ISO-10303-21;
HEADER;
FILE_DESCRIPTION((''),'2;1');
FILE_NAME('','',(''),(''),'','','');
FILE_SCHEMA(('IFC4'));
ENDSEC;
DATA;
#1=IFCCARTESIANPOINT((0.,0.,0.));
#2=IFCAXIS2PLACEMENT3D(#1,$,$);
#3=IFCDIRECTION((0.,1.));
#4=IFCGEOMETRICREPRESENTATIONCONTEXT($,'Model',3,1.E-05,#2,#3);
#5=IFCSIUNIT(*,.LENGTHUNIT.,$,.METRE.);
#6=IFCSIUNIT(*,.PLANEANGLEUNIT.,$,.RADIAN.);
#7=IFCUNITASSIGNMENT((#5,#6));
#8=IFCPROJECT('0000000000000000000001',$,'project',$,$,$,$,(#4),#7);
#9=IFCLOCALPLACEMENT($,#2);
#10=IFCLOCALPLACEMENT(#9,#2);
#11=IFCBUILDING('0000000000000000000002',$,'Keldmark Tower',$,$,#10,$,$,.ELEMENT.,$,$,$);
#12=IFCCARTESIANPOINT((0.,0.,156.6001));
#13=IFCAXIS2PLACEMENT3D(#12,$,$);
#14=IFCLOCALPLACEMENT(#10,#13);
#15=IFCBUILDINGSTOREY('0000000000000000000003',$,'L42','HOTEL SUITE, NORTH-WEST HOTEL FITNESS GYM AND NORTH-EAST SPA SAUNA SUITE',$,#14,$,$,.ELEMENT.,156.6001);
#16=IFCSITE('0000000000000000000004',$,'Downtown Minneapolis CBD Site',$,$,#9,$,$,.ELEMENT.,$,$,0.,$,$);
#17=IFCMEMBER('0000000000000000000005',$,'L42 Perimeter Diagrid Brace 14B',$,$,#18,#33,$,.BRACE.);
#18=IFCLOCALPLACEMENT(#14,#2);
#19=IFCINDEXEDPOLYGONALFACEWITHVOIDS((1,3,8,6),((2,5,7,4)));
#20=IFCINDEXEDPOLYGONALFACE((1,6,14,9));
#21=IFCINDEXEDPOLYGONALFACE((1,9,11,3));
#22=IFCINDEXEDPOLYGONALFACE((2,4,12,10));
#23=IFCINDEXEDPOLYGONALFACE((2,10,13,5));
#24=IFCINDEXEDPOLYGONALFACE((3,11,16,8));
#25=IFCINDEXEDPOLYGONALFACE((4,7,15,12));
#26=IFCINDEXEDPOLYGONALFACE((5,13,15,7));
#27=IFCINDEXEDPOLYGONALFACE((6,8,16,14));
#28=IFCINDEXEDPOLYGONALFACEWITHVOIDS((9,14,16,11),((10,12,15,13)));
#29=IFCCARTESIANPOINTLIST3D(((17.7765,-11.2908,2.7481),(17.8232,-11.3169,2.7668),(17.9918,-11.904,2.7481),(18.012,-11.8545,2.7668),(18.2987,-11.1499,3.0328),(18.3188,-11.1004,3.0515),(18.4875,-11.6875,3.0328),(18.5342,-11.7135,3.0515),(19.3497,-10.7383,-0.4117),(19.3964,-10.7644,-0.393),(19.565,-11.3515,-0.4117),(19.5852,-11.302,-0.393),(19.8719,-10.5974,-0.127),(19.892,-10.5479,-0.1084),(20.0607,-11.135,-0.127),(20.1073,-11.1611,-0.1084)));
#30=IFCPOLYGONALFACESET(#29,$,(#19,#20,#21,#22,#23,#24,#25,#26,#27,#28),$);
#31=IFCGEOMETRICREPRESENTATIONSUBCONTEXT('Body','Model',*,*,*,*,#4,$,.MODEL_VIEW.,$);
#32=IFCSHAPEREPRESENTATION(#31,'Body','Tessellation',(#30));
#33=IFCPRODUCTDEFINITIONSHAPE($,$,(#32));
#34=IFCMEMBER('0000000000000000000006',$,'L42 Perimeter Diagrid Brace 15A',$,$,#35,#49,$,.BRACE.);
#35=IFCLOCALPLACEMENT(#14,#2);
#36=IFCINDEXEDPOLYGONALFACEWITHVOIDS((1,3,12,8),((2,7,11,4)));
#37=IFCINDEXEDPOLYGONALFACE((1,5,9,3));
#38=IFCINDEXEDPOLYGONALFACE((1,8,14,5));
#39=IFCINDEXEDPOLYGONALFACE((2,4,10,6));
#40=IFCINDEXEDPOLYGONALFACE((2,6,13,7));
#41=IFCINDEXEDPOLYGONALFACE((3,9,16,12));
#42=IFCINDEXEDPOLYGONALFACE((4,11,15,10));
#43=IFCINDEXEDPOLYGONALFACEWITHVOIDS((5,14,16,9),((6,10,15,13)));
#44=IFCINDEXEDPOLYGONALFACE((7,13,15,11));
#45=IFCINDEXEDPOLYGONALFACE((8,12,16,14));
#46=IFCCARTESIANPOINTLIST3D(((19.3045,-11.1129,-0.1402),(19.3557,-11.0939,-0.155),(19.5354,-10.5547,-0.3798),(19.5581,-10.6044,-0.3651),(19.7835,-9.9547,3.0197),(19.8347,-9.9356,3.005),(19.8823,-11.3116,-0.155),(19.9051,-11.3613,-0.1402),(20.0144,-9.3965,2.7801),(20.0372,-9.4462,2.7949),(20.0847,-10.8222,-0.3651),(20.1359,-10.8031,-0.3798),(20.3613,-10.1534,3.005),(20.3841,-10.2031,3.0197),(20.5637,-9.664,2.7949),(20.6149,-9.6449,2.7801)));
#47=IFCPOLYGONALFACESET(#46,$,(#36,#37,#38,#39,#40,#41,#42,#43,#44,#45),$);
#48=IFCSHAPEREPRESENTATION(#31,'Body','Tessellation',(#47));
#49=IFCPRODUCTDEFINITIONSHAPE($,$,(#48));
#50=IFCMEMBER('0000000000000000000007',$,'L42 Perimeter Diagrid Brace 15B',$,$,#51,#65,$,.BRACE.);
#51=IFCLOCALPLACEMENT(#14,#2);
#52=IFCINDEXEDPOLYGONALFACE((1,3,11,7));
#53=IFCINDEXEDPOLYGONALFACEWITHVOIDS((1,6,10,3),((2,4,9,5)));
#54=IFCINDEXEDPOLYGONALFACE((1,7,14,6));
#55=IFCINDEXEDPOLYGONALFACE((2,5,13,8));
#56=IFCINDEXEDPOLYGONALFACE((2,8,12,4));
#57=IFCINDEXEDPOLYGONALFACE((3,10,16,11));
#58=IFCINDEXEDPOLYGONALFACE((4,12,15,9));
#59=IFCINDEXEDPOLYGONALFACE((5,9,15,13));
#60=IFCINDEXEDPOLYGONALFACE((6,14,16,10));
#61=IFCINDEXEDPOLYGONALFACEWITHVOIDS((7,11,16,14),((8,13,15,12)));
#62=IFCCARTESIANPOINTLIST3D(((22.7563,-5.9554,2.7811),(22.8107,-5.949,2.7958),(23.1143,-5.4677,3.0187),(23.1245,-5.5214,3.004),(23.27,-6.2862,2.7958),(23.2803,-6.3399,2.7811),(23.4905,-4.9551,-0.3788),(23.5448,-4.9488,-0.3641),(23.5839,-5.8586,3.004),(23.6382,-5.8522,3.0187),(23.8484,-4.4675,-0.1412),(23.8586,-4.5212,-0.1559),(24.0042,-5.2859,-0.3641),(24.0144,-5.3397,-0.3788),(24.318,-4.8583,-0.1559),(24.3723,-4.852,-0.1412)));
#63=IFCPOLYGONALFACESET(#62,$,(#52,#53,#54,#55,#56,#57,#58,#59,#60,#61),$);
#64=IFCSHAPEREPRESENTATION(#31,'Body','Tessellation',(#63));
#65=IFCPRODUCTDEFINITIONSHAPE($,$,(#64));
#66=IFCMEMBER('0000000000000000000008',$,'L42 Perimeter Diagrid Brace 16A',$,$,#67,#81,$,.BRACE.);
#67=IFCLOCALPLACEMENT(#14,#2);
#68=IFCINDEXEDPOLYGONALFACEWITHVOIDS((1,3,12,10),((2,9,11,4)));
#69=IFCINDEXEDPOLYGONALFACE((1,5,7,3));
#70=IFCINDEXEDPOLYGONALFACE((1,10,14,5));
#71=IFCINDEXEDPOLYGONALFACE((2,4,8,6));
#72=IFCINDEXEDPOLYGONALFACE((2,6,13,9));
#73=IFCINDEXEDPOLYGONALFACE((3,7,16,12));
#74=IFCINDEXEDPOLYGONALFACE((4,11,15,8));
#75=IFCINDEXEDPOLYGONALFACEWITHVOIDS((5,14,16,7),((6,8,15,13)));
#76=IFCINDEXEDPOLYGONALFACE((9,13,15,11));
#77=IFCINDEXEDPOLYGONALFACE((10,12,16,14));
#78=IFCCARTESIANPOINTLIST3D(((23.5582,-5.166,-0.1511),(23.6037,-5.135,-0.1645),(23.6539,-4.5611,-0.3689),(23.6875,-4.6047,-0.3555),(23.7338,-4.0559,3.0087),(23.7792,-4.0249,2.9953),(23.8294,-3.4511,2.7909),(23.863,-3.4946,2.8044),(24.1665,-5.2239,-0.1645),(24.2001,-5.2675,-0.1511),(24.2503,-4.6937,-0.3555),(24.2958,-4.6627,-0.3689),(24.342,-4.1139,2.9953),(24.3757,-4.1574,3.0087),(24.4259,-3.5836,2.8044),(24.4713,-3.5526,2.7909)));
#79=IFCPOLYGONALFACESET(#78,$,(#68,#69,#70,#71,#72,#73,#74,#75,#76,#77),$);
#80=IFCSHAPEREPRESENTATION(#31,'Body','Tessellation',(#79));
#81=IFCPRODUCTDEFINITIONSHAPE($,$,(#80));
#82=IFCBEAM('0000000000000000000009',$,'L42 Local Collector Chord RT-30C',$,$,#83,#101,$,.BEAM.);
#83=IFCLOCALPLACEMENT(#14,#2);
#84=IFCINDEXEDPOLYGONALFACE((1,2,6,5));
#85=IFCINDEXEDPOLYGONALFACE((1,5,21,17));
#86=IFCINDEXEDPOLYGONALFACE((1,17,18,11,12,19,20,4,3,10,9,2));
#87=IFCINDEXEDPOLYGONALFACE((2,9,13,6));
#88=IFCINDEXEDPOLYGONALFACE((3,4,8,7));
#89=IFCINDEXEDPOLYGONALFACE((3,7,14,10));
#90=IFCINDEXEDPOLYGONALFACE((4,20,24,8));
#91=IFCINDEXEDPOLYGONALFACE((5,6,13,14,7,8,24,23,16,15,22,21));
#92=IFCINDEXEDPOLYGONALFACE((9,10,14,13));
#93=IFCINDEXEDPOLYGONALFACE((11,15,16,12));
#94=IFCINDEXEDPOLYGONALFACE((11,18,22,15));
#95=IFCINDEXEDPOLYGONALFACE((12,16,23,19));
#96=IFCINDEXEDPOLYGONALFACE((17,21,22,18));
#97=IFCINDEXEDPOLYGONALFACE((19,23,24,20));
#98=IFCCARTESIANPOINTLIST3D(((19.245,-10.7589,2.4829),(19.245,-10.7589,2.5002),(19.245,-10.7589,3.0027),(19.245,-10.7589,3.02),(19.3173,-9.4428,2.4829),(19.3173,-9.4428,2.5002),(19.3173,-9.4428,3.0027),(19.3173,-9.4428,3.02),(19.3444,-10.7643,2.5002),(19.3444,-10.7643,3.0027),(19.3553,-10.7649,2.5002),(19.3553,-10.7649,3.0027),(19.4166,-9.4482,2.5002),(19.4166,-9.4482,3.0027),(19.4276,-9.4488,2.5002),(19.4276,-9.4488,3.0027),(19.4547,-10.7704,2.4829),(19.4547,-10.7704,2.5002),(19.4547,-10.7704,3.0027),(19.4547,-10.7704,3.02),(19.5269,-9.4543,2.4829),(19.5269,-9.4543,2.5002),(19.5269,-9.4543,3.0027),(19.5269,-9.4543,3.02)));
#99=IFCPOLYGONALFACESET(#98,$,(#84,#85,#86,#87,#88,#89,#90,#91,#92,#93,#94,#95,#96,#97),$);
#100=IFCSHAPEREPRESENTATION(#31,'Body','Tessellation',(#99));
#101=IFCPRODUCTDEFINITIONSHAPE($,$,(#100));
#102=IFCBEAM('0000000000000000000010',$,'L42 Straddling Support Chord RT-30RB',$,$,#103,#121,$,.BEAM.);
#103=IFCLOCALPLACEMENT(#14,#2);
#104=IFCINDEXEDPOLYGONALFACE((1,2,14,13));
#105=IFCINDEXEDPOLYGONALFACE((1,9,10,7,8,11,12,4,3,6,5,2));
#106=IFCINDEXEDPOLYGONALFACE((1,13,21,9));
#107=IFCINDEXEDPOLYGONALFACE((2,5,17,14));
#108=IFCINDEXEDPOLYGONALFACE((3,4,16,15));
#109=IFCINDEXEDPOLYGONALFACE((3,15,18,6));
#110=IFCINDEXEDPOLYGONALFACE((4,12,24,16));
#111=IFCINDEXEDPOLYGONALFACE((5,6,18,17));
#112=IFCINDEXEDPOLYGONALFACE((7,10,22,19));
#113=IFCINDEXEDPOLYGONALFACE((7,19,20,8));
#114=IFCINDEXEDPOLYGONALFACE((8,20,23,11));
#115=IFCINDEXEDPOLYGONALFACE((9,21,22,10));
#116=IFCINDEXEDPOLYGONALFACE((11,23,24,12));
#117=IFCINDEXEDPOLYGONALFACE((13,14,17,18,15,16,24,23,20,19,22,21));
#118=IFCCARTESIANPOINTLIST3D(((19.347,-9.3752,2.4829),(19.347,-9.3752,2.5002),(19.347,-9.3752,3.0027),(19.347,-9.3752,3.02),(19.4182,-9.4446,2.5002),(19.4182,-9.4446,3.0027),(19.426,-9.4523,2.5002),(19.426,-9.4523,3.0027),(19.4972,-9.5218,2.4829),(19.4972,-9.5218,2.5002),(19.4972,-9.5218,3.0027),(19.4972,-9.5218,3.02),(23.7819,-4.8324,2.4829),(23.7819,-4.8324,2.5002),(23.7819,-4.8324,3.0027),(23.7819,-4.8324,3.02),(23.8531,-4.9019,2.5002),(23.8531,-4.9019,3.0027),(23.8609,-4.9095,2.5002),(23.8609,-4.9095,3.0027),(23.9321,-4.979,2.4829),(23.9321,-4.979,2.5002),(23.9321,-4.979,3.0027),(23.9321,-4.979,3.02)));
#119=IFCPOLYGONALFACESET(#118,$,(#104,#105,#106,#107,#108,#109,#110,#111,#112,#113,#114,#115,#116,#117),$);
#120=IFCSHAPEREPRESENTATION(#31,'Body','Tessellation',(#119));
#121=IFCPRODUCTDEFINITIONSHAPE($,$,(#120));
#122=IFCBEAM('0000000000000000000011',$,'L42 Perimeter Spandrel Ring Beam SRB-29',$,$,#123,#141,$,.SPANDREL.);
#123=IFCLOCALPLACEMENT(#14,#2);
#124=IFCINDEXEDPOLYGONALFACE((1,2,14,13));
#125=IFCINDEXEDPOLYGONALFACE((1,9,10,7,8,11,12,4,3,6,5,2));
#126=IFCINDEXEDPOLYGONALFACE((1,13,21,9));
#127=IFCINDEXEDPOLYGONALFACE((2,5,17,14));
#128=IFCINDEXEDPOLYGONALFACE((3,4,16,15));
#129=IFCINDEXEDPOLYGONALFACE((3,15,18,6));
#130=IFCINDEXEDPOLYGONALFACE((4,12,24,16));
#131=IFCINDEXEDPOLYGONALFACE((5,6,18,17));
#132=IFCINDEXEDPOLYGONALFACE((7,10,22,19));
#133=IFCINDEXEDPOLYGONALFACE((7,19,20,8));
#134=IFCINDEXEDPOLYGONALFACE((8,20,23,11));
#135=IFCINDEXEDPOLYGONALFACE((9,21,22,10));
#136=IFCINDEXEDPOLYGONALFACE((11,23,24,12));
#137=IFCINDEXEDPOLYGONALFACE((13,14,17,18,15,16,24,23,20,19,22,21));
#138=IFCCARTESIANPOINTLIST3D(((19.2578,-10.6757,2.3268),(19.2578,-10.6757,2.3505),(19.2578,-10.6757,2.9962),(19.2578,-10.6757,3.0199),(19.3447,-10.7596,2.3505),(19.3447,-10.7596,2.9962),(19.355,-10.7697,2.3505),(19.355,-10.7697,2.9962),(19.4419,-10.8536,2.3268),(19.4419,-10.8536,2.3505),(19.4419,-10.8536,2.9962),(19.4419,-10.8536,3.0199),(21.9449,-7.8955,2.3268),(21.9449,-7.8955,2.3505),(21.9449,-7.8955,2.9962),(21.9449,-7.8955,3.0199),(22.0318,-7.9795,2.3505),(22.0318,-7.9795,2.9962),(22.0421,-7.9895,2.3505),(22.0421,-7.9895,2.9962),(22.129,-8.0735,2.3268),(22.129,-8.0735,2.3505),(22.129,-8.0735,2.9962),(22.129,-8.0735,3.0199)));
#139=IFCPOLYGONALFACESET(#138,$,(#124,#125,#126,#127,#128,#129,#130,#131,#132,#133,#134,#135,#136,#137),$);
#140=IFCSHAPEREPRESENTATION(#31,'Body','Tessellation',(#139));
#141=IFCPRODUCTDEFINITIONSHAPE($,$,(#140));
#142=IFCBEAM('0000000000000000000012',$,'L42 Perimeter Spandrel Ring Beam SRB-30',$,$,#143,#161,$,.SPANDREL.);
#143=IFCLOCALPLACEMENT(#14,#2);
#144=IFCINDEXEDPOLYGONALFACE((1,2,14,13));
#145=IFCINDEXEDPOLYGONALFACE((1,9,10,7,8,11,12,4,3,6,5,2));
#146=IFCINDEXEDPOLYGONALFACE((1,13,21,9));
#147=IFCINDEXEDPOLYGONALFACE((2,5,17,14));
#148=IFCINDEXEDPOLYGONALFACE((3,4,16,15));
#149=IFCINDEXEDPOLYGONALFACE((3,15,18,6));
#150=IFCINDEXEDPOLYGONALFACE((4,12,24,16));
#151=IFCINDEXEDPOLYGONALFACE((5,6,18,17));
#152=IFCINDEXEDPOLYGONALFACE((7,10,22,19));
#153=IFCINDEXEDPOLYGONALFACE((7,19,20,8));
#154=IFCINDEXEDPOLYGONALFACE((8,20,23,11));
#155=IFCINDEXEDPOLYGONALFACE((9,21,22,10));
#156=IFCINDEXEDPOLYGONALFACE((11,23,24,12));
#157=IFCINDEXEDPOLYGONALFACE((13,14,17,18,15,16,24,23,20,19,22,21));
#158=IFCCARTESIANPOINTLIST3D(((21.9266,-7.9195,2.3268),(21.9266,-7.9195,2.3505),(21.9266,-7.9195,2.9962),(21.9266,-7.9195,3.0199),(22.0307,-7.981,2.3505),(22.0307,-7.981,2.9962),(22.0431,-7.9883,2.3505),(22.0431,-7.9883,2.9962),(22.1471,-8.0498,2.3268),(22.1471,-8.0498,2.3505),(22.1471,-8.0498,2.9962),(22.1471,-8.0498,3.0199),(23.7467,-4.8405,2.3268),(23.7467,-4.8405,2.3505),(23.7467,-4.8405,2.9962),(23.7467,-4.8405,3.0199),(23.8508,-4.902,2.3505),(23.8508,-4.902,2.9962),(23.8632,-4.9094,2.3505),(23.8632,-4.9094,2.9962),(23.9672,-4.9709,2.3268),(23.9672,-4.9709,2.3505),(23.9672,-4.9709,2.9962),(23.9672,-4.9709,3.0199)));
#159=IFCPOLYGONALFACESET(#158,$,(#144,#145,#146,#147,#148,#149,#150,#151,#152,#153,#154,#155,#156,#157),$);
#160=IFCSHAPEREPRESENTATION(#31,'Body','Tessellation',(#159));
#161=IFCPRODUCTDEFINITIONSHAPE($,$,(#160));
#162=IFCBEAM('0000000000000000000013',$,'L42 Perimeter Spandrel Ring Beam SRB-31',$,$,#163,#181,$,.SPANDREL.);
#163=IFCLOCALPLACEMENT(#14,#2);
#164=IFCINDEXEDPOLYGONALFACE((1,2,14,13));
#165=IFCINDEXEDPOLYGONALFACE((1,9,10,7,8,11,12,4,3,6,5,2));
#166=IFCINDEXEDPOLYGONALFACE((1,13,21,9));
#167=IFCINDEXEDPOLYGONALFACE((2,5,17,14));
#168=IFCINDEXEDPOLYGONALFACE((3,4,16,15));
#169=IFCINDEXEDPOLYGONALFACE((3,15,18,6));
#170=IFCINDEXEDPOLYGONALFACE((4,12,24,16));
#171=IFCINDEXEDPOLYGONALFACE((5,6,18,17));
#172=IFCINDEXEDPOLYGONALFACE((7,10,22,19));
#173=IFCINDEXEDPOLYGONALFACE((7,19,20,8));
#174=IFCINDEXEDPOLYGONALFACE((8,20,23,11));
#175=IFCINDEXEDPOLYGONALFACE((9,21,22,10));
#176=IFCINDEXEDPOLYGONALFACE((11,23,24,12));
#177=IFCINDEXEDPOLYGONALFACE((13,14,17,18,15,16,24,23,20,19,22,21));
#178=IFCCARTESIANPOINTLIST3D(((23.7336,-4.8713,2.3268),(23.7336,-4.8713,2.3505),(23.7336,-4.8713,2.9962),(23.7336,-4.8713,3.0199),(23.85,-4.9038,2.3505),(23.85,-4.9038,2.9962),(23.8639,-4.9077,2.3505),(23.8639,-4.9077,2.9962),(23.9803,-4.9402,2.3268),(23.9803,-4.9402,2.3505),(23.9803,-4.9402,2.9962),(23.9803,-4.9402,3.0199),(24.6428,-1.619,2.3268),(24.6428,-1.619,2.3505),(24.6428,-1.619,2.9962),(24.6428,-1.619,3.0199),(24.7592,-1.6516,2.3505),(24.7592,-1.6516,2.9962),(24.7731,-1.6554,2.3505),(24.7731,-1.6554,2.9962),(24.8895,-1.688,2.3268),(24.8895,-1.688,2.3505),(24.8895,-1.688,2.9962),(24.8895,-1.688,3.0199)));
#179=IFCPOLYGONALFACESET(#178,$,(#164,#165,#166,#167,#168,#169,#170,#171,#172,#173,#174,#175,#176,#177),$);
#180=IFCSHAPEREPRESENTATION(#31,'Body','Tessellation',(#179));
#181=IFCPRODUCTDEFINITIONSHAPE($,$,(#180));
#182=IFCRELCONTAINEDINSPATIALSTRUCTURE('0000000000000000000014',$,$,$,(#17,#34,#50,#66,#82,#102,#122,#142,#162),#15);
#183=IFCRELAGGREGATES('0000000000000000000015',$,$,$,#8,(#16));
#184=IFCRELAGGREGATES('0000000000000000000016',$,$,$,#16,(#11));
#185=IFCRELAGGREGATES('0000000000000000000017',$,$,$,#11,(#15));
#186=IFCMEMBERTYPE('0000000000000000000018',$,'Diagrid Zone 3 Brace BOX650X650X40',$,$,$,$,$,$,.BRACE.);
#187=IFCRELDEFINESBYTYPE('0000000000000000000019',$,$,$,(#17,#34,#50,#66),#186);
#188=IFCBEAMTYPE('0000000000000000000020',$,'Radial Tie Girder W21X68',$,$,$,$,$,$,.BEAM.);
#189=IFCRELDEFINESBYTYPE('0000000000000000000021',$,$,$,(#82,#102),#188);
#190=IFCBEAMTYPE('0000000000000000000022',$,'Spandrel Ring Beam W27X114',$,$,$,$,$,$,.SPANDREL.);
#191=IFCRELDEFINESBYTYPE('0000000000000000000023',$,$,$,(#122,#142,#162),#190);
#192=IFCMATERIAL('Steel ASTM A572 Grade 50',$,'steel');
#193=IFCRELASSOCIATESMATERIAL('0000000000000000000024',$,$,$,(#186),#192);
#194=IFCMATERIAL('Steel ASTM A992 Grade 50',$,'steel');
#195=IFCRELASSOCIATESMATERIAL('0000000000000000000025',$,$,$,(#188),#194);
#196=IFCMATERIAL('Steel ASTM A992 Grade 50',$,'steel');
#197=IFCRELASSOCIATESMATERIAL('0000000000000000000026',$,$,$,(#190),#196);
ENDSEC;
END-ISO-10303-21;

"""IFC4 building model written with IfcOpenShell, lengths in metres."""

from ifc_helpers import new_model, si_unit, direction, frame, origin, origin_2d, place, context, subcontext, project, spatial, hollow_rectangle, i_section, extrude, material, material_profile, profile_set, type_object, element, save


model = new_model("IFC4")

# Units and contexts
model_context = context("Model", 3, precision=1e-05, world=origin(), true_north=direction((0.0, 1.0)))
body_context = subcontext(model_context, "Body", "Model", "MODEL_VIEW")
ifc_project = project(units=[si_unit("LENGTHUNIT", "METRE"), si_unit("PLANEANGLEUNIT", "RADIAN")], contexts=[model_context])

# Site, building, storey
site_placement = place(None, origin())
site = spatial("IfcSite", under=ifc_project, at=site_placement, Name="Downtown Minneapolis CBD Site", CompositionType="ELEMENT", RefElevation=0.0)
building_placement = place(site_placement, origin())
building = spatial("IfcBuilding", under=site, at=building_placement, Name="Keldmark Tower", CompositionType="ELEMENT")
storey_placement = place(building_placement, frame((0.0, 0.0, 156.6001)))
storey = spatial("IfcBuildingStorey", under=building, at=storey_placement, Name="L42", Description="HOTEL SUITE, NORTH-WEST HOTEL FITNESS GYM AND NORTH-EAST SPA SAUNA SUITE", CompositionType="ELEMENT", Elevation=156.6001)

# Members
ifc_material_1 = material(Name="Steel ASTM A572 Grade 50", Category="steel")
ifc_material_profile_1 = material_profile(ifc_material_1, hollow_rectangle(XDim=0.6499, YDim=0.6499, WallThickness=0.04, at=origin_2d()), Name="BOX650X650X40")
ifc_profile_set_1 = profile_set([ifc_material_profile_1], Name="Steel ASTM A572 Grade 50")
member_type = type_object("IfcMemberType", Name="Diagrid Zone 3 Brace BOX650X650X40", PredefinedType="BRACE", material=ifc_profile_set_1)
member_1_placement = place(storey_placement, frame((19.7285, -10.9497, -0.26), z_axis=(-0.44033, -0.154635, 0.884419), x_axis=(0.331342, -0.943511, 0.0)))
element("IfcMember", 1, at=member_1_placement, inside=storey, type_object=member_type, Name="L42 Perimeter Diagrid Brace 14B", PredefinedType="BRACE", context=body_context, shape_type="SweptSolid", body=[
    extrude(hollow_rectangle(XDim=0.6499, YDim=0.6499, WallThickness=0.04, at=origin_2d()), origin(), (0.0, 0.0, 1.0), 3.5728),
])
member_2_placement = place(storey_placement, frame((19.7202, -10.958, -0.26), z_axis=(0.140908, 0.340708, 0.92955), x_axis=(-0.924088, 0.38218, 0.0)))
element("IfcMember", 2, at=member_2_placement, inside=storey, type_object=member_type, Name="L42 Perimeter Diagrid Brace 15A", PredefinedType="BRACE", context=body_context, shape_type="SweptSolid", body=[
    extrude(hollow_rectangle(XDim=0.6499, YDim=0.6499, WallThickness=0.04, at=origin_2d()), origin(), (0.0, 0.0, 1.0), 3.3994),
])
member_3_placement = place(storey_placement, frame((23.9314, -4.9036, -0.26), z_axis=(-0.216253, -0.294642, 0.930817), x_axis=(0.806167, -0.591688, 0.0)))
element("IfcMember", 3, at=member_3_placement, inside=storey, type_object=member_type, Name="L42 Perimeter Diagrid Brace 15B", PredefinedType="BRACE", context=body_context, shape_type="SweptSolid", body=[
    extrude(hollow_rectangle(XDim=0.6499, YDim=0.6499, WallThickness=0.04, at=origin_2d()), origin(), (0.0, 0.0, 1.0), 3.3948),
])
member_4_placement = place(storey_placement, frame((23.927, -4.9143, -0.26), z_axis=(0.052339, 0.330997, 0.942179), x_axis=(-0.987728, 0.156186, 0.0)))
element("IfcMember", 4, at=member_4_placement, inside=storey, type_object=member_type, Name="L42 Perimeter Diagrid Brace 16A", PredefinedType="BRACE", context=body_context, shape_type="SweptSolid", body=[
    extrude(hollow_rectangle(XDim=0.6499, YDim=0.6499, WallThickness=0.04, at=origin_2d()), origin(), (0.0, 0.0, 1.0), 3.3538),
])

# Beams
ifc_material_2 = material(Name="Steel ASTM A992 Grade 50", Category="steel")
ifc_material_profile_2 = material_profile(ifc_material_2, i_section(OverallWidth=0.21, OverallDepth=0.5371, WebThickness=0.011, FlangeThickness=0.0173, at=origin_2d()), Name="W21X68")
ifc_profile_set_2 = profile_set([ifc_material_profile_2], Name="Steel ASTM A992 Grade 50")
beam_type_1 = type_object("IfcBeamType", Name="Radial Tie Girder W21X68", PredefinedType="BEAM", material=ifc_profile_set_2)
beam_1_placement = place(storey_placement, frame((19.3499, -10.7646, 2.7515), z_axis=(0.054824, 0.998496, 0.0), x_axis=(-0.998496, 0.054824, 0.0)))
element("IfcBeam", 5, at=beam_1_placement, inside=storey, type_object=beam_type_1, Name="L42 Local Collector Chord RT-30C", PredefinedType="BEAM", context=body_context, shape_type="SweptSolid", body=[
    extrude(i_section(OverallWidth=0.21, OverallDepth=0.5371, WebThickness=0.011, FlangeThickness=0.0173, at=origin_2d()), origin(), (0.0, 0.0, 1.0), 1.3181),
])
beam_2_placement = place(storey_placement, frame((19.4221, -9.4485, 2.7515), z_axis=(0.698557, 0.715555, 0.0), x_axis=(-0.715555, 0.698557, 0.0)))
element("IfcBeam", 6, at=beam_2_placement, inside=storey, type_object=beam_type_1, Name="L42 Straddling Support Chord RT-30RB", PredefinedType="BEAM", context=body_context, shape_type="SweptSolid", body=[
    extrude(i_section(OverallWidth=0.21, OverallDepth=0.5371, WebThickness=0.011, FlangeThickness=0.0173, at=origin_2d()), origin(), (0.0, 0.0, 1.0), 6.3486),
])
ifc_material_3 = material(Name="Steel ASTM A992 Grade 50", Category="steel")
ifc_material_profile_3 = material_profile(ifc_material_3, i_section(OverallWidth=0.2561, OverallDepth=0.6931, WebThickness=0.0144, FlangeThickness=0.0237, at=origin_2d()), Name="W27X114")
ifc_profile_set_3 = profile_set([ifc_material_profile_3], Name="Steel ASTM A992 Grade 50")
beam_type_2 = type_object("IfcBeamType", Name="Spandrel Ring Beam W27X114", PredefinedType="SPANDREL", material=ifc_profile_set_3)
beam_3_placement = place(storey_placement, frame((19.3499, -10.7646, 2.6733), z_axis=(0.694975, 0.719034, 0.0), x_axis=(-0.719034, 0.694975, 0.0)))
element("IfcBeam", 7, at=beam_3_placement, inside=storey, type_object=beam_type_2, Name="L42 Perimeter Spandrel Ring Beam SRB-29", PredefinedType="SPANDREL", context=body_context, shape_type="SweptSolid", body=[
    extrude(i_section(OverallWidth=0.2561, OverallDepth=0.6931, WebThickness=0.0144, FlangeThickness=0.0237, at=origin_2d()), origin(), (0.0, 0.0, 1.0), 3.8665),
])
beam_4_placement = place(storey_placement, frame((22.0369, -7.9846, 2.6733), z_axis=(0.508883, 0.860835, 0.0), x_axis=(-0.860835, 0.508883, 0.0)))
element("IfcBeam", 8, at=beam_4_placement, inside=storey, type_object=beam_type_2, Name="L42 Perimeter Spandrel Ring Beam SRB-30", PredefinedType="SPANDREL", context=body_context, shape_type="SweptSolid", body=[
    extrude(i_section(OverallWidth=0.2561, OverallDepth=0.6931, WebThickness=0.0144, FlangeThickness=0.0237, at=origin_2d()), origin(), (0.0, 0.0, 1.0), 3.5767),
])
beam_5_placement = place(storey_placement, frame((23.8569, -4.9058, 2.6733), z_axis=(0.269236, 0.963074, 0.0), x_axis=(-0.963074, 0.269236, 0.0)))
element("IfcBeam", 9, at=beam_5_placement, inside=storey, type_object=beam_type_2, Name="L42 Perimeter Spandrel Ring Beam SRB-31", PredefinedType="SPANDREL", context=body_context, shape_type="SweptSolid", body=[
    extrude(i_section(OverallWidth=0.2561, OverallDepth=0.6931, WebThickness=0.0144, FlangeThickness=0.0237, at=origin_2d()), origin(), (0.0, 0.0, 1.0), 3.377),
])

save(model, "model.ifc")
